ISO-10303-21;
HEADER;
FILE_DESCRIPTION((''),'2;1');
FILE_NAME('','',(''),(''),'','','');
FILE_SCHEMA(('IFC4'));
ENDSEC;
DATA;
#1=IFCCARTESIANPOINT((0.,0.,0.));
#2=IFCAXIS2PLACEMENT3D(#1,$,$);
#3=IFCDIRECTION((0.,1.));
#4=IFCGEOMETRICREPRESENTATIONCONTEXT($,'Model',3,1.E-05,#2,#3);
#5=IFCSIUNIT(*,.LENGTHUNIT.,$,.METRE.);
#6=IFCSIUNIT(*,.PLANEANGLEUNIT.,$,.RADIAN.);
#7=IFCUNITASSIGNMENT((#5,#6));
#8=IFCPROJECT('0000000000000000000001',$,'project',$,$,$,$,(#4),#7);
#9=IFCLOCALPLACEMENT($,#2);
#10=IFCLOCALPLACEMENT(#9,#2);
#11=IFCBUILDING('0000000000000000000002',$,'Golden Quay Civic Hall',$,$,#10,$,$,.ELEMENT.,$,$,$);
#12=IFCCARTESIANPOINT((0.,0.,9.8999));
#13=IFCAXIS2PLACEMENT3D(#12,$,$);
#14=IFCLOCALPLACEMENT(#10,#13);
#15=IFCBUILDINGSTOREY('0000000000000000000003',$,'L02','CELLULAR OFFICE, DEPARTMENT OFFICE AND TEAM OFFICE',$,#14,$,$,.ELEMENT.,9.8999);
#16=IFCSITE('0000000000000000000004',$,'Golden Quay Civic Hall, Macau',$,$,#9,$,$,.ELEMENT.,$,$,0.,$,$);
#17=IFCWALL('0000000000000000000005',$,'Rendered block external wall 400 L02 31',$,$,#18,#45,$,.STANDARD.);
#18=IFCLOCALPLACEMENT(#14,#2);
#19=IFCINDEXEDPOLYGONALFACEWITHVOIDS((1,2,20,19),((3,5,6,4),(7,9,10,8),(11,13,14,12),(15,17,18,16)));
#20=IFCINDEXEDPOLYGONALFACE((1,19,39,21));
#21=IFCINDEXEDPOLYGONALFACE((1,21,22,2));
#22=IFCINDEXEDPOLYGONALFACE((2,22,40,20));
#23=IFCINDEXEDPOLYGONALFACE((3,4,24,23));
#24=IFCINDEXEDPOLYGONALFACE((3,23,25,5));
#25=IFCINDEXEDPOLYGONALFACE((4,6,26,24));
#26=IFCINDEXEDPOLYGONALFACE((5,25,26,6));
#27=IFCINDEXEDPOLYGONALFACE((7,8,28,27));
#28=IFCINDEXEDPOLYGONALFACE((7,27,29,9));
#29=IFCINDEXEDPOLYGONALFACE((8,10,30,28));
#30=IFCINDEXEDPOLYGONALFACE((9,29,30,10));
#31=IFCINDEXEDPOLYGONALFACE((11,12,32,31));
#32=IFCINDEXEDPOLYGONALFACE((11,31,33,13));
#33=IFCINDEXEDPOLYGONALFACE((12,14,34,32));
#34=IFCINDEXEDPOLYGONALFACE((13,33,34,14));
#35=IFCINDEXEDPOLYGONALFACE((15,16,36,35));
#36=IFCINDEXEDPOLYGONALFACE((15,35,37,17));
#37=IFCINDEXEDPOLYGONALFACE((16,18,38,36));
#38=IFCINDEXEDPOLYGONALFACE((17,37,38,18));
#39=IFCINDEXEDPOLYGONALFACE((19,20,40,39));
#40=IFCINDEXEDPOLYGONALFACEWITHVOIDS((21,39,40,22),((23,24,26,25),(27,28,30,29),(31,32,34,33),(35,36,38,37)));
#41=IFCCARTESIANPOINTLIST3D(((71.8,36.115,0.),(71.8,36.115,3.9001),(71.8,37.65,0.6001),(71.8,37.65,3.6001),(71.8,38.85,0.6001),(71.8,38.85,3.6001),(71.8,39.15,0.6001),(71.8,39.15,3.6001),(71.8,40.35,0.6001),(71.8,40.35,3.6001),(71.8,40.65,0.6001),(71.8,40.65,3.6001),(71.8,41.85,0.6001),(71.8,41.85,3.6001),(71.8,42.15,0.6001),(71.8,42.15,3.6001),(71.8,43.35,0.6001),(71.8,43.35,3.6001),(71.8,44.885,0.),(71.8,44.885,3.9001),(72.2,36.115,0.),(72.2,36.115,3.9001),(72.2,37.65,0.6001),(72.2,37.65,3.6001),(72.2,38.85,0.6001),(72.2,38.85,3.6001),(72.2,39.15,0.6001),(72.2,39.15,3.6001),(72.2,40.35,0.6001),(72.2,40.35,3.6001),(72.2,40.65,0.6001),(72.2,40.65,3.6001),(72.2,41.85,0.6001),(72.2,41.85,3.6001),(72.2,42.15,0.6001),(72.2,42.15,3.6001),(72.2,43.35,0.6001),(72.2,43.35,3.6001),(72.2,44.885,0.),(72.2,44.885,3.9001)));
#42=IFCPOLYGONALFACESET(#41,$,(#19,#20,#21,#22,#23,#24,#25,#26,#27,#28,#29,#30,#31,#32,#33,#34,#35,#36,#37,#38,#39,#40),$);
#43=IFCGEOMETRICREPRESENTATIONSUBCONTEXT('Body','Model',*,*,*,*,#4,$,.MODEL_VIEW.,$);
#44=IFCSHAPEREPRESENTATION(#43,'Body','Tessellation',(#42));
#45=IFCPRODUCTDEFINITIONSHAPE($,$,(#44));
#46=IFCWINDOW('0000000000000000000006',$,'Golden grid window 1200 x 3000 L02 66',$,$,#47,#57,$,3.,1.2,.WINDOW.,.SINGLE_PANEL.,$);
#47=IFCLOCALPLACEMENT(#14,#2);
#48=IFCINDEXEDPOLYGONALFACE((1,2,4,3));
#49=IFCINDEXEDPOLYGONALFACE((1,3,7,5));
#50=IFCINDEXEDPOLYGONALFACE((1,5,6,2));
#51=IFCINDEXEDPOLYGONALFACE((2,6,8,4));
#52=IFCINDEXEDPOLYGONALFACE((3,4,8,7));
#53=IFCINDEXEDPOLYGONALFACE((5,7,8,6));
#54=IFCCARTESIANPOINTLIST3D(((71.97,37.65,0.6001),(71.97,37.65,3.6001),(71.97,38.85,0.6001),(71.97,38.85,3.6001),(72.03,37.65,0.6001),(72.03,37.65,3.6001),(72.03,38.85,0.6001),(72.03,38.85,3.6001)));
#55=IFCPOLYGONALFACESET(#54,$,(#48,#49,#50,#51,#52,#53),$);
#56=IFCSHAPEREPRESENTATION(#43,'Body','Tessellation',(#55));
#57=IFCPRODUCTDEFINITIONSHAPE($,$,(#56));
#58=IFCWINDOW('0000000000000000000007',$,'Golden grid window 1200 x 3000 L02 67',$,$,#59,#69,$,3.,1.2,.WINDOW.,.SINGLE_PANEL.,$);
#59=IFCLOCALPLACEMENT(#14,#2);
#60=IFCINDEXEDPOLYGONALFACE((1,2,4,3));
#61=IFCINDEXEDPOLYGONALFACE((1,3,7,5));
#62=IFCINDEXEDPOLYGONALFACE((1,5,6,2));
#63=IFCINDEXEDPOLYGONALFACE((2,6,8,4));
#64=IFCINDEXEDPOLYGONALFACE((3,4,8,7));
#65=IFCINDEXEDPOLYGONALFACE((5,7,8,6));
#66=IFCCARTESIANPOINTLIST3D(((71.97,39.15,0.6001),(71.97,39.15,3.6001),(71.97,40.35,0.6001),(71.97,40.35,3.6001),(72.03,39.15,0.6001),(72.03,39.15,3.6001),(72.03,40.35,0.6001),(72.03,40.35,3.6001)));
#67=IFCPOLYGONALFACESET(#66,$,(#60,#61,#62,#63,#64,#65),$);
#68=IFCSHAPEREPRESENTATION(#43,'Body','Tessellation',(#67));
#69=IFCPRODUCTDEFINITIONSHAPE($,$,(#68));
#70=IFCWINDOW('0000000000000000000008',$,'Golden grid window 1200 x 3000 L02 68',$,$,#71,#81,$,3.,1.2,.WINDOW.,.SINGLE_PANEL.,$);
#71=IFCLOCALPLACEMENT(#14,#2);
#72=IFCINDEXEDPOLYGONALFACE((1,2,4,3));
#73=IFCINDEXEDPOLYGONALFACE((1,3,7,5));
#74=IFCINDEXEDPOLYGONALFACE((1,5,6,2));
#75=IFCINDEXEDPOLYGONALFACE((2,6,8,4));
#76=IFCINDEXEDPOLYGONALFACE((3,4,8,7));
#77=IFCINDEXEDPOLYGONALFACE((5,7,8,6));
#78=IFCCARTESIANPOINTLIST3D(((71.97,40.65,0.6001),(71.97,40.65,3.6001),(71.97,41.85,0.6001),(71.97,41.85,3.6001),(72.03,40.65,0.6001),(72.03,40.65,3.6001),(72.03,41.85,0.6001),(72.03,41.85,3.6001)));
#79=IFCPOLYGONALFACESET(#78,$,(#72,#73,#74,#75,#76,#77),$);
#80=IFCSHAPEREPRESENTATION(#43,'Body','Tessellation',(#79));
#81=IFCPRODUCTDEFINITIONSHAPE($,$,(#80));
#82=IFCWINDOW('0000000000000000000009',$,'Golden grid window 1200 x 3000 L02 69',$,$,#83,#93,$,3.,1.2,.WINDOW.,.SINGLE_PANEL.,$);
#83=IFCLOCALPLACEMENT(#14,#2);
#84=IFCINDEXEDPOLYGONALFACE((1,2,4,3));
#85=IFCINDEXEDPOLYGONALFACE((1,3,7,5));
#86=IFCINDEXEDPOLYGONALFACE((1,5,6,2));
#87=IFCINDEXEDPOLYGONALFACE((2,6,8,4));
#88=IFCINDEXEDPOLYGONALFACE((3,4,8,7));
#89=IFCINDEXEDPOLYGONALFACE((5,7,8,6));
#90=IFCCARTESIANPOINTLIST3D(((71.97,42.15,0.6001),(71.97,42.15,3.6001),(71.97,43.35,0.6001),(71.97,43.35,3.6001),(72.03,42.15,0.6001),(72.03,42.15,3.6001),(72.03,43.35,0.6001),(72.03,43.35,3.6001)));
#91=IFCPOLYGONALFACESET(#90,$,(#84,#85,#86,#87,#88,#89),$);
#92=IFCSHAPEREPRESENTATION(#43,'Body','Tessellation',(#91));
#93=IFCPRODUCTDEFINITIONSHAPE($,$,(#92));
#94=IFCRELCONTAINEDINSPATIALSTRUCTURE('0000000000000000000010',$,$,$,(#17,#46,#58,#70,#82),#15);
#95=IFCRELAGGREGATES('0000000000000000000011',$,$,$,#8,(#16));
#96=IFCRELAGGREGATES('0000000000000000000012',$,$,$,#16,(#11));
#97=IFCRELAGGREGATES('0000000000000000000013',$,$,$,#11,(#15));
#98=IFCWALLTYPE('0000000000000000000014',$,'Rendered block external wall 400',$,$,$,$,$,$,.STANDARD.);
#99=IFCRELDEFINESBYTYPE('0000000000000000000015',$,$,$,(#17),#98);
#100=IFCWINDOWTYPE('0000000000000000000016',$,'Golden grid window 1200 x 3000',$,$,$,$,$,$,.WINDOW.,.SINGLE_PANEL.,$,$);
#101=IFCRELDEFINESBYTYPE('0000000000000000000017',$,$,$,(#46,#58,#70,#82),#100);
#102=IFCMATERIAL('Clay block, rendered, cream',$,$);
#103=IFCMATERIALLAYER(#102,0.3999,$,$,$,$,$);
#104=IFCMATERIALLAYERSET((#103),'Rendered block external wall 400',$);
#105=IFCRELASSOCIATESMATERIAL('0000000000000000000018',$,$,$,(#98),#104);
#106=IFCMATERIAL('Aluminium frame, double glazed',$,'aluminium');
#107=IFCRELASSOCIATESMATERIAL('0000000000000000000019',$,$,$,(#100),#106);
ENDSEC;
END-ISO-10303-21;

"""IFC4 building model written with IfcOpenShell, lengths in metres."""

from ifc_helpers import new_model, si_unit, direction, frame, frame_2d, origin, place, context, subcontext, project, spatial, rectangle, extrude, material, layer, layer_set, type_object, element, fill, save


model = new_model("IFC4")

# Units and contexts
model_context = context("Model", 3, precision=1e-05, world=origin(), true_north=direction((0.0, 1.0)))
body_context = subcontext(model_context, "Body", "Model", "MODEL_VIEW")
ifc_project = project(units=[si_unit("LENGTHUNIT", "METRE"), si_unit("PLANEANGLEUNIT", "RADIAN")], contexts=[model_context])

# Site, building, storey
site_placement = place(None, origin())
site = spatial("IfcSite", under=ifc_project, at=site_placement, Name="Golden Quay Civic Hall, Macau", CompositionType="ELEMENT", RefElevation=0.0)
building_placement = place(site_placement, origin())
building = spatial("IfcBuilding", under=site, at=building_placement, Name="Golden Quay Civic Hall", CompositionType="ELEMENT")
storey_placement = place(building_placement, frame((0.0, 0.0, 9.8999)))
storey = spatial("IfcBuildingStorey", under=building, at=storey_placement, Name="L02", Description="CELLULAR OFFICE, DEPARTMENT OFFICE AND TEAM OFFICE", CompositionType="ELEMENT", Elevation=9.8999)

# Wall, openings, windows
ifc_material_1 = material(Name="Clay block, rendered, cream")
ifc_layer_1 = layer(ifc_material_1, 0.3999)
ifc_layer_set_1 = layer_set([ifc_layer_1], Name="Rendered block external wall 400")
wall_type_1 = type_object("IfcWallType", Name="Rendered block external wall 400", PredefinedType="STANDARD", material=ifc_layer_set_1)
wall_1_placement = place(storey_placement, frame((72.0, 44.885, 0.0), z_axis=(0.0, 0.0, 1.0), x_axis=(0.0, -1.0, 0.0)))
wall_1 = element("IfcWall", 1, at=wall_1_placement, inside=storey, type_object=wall_type_1, Name="Rendered block external wall 400 L02 31", PredefinedType="STANDARD", context=body_context, shape_type="SweptSolid", body=[
    extrude(rectangle(XDim=8.77, YDim=0.3999, at=frame_2d((4.385, 0.0))), origin(), (0.0, 0.0, 1.0), 3.9001),
])
opening_1_placement = place(wall_1_placement, frame((6.0349, 0.0, 0.6001)))
opening_1 = element("IfcOpeningElement", 2, at=opening_1_placement, cuts=wall_1, PredefinedType="OPENING", context=body_context, shape_type="SweptSolid", body=[
    extrude(rectangle(XDim=1.2, YDim=3.0, at=frame_2d((0.6001, 1.5))), frame((0.0, 0.21, 0.0), z_axis=(0.0, -1.0, 0.0), x_axis=(1.0, 0.0, 0.0)), (0.0, 0.0, 1.0), 0.4199),
])
opening_2_placement = place(wall_1_placement, frame((4.5349, 0.0, 0.6001)))
opening_2 = element("IfcOpeningElement", 3, at=opening_2_placement, cuts=wall_1, PredefinedType="OPENING", context=body_context, shape_type="SweptSolid", body=[
    extrude(rectangle(XDim=1.2, YDim=3.0, at=frame_2d((0.6001, 1.5))), frame((0.0, 0.21, 0.0), z_axis=(0.0, -1.0, 0.0), x_axis=(1.0, 0.0, 0.0)), (0.0, 0.0, 1.0), 0.4199),
])
opening_3_placement = place(wall_1_placement, frame((3.0349, 0.0, 0.6001)))
opening_3 = element("IfcOpeningElement", 4, at=opening_3_placement, cuts=wall_1, PredefinedType="OPENING", context=body_context, shape_type="SweptSolid", body=[
    extrude(rectangle(XDim=1.2, YDim=3.0, at=frame_2d((0.6001, 1.5))), frame((0.0, 0.21, 0.0), z_axis=(0.0, -1.0, 0.0), x_axis=(1.0, 0.0, 0.0)), (0.0, 0.0, 1.0), 0.4199),
])
opening_4_placement = place(wall_1_placement, frame((1.5349, 0.0, 0.6001)))
opening_4 = element("IfcOpeningElement", 5, at=opening_4_placement, cuts=wall_1, PredefinedType="OPENING", context=body_context, shape_type="SweptSolid", body=[
    extrude(rectangle(XDim=1.2, YDim=3.0, at=frame_2d((0.6001, 1.5))), frame((0.0, 0.21, 0.0), z_axis=(0.0, -1.0, 0.0), x_axis=(1.0, 0.0, 0.0)), (0.0, 0.0, 1.0), 0.4199),
])
ifc_material_2 = material(Name="Aluminium frame, double glazed", Category="aluminium")
window_type = type_object("IfcWindowType", Name="Golden grid window 1200 x 3000", PartitioningType="SINGLE_PANEL", PredefinedType="WINDOW", material=ifc_material_2)
window_1_placement = place(opening_1_placement, origin())
window_1 = element("IfcWindow", 6, at=window_1_placement, inside=storey, type_object=window_type, Name="Golden grid window 1200 x 3000 L02 66", OverallHeight=3.0, OverallWidth=1.2, PartitioningType="SINGLE_PANEL", PredefinedType="WINDOW", context=body_context, shape_type="SweptSolid", body=[
    extrude(rectangle(XDim=1.2, YDim=3.0, at=frame_2d((0.6001, 1.5))), frame((0.0, 0.03, 0.0), z_axis=(0.0, -1.0, 0.0), x_axis=(1.0, 0.0, 0.0)), (0.0, 0.0, 1.0), 0.0601),
])
fill(opening_1, window_1)
window_2_placement = place(opening_2_placement, origin())
window_2 = element("IfcWindow", 7, at=window_2_placement, inside=storey, type_object=window_type, Name="Golden grid window 1200 x 3000 L02 67", OverallHeight=3.0, OverallWidth=1.2, PartitioningType="SINGLE_PANEL", PredefinedType="WINDOW", context=body_context, shape_type="SweptSolid", body=[
    extrude(rectangle(XDim=1.2, YDim=3.0, at=frame_2d((0.6001, 1.5))), frame((0.0, 0.03, 0.0), z_axis=(0.0, -1.0, 0.0), x_axis=(1.0, 0.0, 0.0)), (0.0, 0.0, 1.0), 0.0601),
])
fill(opening_2, window_2)
window_3_placement = place(opening_3_placement, origin())
window_3 = element("IfcWindow", 8, at=window_3_placement, inside=storey, type_object=window_type, Name="Golden grid window 1200 x 3000 L02 68", OverallHeight=3.0, OverallWidth=1.2, PartitioningType="SINGLE_PANEL", PredefinedType="WINDOW", context=body_context, shape_type="SweptSolid", body=[
    extrude(rectangle(XDim=1.2, YDim=3.0, at=frame_2d((0.6001, 1.5))), frame((0.0, 0.03, 0.0), z_axis=(0.0, -1.0, 0.0), x_axis=(1.0, 0.0, 0.0)), (0.0, 0.0, 1.0), 0.0601),
])
fill(opening_3, window_3)
window_4_placement = place(opening_4_placement, origin())
window_4 = element("IfcWindow", 9, at=window_4_placement, inside=storey, type_object=window_type, Name="Golden grid window 1200 x 3000 L02 69", OverallHeight=3.0, OverallWidth=1.2, PartitioningType="SINGLE_PANEL", PredefinedType="WINDOW", context=body_context, shape_type="SweptSolid", body=[
    extrude(rectangle(XDim=1.2, YDim=3.0, at=frame_2d((0.6001, 1.5))), frame((0.0, 0.03, 0.0), z_axis=(0.0, -1.0, 0.0), x_axis=(1.0, 0.0, 0.0)), (0.0, 0.0, 1.0), 0.0601),
])
fill(opening_4, window_4)

save(model, "model.ifc")
